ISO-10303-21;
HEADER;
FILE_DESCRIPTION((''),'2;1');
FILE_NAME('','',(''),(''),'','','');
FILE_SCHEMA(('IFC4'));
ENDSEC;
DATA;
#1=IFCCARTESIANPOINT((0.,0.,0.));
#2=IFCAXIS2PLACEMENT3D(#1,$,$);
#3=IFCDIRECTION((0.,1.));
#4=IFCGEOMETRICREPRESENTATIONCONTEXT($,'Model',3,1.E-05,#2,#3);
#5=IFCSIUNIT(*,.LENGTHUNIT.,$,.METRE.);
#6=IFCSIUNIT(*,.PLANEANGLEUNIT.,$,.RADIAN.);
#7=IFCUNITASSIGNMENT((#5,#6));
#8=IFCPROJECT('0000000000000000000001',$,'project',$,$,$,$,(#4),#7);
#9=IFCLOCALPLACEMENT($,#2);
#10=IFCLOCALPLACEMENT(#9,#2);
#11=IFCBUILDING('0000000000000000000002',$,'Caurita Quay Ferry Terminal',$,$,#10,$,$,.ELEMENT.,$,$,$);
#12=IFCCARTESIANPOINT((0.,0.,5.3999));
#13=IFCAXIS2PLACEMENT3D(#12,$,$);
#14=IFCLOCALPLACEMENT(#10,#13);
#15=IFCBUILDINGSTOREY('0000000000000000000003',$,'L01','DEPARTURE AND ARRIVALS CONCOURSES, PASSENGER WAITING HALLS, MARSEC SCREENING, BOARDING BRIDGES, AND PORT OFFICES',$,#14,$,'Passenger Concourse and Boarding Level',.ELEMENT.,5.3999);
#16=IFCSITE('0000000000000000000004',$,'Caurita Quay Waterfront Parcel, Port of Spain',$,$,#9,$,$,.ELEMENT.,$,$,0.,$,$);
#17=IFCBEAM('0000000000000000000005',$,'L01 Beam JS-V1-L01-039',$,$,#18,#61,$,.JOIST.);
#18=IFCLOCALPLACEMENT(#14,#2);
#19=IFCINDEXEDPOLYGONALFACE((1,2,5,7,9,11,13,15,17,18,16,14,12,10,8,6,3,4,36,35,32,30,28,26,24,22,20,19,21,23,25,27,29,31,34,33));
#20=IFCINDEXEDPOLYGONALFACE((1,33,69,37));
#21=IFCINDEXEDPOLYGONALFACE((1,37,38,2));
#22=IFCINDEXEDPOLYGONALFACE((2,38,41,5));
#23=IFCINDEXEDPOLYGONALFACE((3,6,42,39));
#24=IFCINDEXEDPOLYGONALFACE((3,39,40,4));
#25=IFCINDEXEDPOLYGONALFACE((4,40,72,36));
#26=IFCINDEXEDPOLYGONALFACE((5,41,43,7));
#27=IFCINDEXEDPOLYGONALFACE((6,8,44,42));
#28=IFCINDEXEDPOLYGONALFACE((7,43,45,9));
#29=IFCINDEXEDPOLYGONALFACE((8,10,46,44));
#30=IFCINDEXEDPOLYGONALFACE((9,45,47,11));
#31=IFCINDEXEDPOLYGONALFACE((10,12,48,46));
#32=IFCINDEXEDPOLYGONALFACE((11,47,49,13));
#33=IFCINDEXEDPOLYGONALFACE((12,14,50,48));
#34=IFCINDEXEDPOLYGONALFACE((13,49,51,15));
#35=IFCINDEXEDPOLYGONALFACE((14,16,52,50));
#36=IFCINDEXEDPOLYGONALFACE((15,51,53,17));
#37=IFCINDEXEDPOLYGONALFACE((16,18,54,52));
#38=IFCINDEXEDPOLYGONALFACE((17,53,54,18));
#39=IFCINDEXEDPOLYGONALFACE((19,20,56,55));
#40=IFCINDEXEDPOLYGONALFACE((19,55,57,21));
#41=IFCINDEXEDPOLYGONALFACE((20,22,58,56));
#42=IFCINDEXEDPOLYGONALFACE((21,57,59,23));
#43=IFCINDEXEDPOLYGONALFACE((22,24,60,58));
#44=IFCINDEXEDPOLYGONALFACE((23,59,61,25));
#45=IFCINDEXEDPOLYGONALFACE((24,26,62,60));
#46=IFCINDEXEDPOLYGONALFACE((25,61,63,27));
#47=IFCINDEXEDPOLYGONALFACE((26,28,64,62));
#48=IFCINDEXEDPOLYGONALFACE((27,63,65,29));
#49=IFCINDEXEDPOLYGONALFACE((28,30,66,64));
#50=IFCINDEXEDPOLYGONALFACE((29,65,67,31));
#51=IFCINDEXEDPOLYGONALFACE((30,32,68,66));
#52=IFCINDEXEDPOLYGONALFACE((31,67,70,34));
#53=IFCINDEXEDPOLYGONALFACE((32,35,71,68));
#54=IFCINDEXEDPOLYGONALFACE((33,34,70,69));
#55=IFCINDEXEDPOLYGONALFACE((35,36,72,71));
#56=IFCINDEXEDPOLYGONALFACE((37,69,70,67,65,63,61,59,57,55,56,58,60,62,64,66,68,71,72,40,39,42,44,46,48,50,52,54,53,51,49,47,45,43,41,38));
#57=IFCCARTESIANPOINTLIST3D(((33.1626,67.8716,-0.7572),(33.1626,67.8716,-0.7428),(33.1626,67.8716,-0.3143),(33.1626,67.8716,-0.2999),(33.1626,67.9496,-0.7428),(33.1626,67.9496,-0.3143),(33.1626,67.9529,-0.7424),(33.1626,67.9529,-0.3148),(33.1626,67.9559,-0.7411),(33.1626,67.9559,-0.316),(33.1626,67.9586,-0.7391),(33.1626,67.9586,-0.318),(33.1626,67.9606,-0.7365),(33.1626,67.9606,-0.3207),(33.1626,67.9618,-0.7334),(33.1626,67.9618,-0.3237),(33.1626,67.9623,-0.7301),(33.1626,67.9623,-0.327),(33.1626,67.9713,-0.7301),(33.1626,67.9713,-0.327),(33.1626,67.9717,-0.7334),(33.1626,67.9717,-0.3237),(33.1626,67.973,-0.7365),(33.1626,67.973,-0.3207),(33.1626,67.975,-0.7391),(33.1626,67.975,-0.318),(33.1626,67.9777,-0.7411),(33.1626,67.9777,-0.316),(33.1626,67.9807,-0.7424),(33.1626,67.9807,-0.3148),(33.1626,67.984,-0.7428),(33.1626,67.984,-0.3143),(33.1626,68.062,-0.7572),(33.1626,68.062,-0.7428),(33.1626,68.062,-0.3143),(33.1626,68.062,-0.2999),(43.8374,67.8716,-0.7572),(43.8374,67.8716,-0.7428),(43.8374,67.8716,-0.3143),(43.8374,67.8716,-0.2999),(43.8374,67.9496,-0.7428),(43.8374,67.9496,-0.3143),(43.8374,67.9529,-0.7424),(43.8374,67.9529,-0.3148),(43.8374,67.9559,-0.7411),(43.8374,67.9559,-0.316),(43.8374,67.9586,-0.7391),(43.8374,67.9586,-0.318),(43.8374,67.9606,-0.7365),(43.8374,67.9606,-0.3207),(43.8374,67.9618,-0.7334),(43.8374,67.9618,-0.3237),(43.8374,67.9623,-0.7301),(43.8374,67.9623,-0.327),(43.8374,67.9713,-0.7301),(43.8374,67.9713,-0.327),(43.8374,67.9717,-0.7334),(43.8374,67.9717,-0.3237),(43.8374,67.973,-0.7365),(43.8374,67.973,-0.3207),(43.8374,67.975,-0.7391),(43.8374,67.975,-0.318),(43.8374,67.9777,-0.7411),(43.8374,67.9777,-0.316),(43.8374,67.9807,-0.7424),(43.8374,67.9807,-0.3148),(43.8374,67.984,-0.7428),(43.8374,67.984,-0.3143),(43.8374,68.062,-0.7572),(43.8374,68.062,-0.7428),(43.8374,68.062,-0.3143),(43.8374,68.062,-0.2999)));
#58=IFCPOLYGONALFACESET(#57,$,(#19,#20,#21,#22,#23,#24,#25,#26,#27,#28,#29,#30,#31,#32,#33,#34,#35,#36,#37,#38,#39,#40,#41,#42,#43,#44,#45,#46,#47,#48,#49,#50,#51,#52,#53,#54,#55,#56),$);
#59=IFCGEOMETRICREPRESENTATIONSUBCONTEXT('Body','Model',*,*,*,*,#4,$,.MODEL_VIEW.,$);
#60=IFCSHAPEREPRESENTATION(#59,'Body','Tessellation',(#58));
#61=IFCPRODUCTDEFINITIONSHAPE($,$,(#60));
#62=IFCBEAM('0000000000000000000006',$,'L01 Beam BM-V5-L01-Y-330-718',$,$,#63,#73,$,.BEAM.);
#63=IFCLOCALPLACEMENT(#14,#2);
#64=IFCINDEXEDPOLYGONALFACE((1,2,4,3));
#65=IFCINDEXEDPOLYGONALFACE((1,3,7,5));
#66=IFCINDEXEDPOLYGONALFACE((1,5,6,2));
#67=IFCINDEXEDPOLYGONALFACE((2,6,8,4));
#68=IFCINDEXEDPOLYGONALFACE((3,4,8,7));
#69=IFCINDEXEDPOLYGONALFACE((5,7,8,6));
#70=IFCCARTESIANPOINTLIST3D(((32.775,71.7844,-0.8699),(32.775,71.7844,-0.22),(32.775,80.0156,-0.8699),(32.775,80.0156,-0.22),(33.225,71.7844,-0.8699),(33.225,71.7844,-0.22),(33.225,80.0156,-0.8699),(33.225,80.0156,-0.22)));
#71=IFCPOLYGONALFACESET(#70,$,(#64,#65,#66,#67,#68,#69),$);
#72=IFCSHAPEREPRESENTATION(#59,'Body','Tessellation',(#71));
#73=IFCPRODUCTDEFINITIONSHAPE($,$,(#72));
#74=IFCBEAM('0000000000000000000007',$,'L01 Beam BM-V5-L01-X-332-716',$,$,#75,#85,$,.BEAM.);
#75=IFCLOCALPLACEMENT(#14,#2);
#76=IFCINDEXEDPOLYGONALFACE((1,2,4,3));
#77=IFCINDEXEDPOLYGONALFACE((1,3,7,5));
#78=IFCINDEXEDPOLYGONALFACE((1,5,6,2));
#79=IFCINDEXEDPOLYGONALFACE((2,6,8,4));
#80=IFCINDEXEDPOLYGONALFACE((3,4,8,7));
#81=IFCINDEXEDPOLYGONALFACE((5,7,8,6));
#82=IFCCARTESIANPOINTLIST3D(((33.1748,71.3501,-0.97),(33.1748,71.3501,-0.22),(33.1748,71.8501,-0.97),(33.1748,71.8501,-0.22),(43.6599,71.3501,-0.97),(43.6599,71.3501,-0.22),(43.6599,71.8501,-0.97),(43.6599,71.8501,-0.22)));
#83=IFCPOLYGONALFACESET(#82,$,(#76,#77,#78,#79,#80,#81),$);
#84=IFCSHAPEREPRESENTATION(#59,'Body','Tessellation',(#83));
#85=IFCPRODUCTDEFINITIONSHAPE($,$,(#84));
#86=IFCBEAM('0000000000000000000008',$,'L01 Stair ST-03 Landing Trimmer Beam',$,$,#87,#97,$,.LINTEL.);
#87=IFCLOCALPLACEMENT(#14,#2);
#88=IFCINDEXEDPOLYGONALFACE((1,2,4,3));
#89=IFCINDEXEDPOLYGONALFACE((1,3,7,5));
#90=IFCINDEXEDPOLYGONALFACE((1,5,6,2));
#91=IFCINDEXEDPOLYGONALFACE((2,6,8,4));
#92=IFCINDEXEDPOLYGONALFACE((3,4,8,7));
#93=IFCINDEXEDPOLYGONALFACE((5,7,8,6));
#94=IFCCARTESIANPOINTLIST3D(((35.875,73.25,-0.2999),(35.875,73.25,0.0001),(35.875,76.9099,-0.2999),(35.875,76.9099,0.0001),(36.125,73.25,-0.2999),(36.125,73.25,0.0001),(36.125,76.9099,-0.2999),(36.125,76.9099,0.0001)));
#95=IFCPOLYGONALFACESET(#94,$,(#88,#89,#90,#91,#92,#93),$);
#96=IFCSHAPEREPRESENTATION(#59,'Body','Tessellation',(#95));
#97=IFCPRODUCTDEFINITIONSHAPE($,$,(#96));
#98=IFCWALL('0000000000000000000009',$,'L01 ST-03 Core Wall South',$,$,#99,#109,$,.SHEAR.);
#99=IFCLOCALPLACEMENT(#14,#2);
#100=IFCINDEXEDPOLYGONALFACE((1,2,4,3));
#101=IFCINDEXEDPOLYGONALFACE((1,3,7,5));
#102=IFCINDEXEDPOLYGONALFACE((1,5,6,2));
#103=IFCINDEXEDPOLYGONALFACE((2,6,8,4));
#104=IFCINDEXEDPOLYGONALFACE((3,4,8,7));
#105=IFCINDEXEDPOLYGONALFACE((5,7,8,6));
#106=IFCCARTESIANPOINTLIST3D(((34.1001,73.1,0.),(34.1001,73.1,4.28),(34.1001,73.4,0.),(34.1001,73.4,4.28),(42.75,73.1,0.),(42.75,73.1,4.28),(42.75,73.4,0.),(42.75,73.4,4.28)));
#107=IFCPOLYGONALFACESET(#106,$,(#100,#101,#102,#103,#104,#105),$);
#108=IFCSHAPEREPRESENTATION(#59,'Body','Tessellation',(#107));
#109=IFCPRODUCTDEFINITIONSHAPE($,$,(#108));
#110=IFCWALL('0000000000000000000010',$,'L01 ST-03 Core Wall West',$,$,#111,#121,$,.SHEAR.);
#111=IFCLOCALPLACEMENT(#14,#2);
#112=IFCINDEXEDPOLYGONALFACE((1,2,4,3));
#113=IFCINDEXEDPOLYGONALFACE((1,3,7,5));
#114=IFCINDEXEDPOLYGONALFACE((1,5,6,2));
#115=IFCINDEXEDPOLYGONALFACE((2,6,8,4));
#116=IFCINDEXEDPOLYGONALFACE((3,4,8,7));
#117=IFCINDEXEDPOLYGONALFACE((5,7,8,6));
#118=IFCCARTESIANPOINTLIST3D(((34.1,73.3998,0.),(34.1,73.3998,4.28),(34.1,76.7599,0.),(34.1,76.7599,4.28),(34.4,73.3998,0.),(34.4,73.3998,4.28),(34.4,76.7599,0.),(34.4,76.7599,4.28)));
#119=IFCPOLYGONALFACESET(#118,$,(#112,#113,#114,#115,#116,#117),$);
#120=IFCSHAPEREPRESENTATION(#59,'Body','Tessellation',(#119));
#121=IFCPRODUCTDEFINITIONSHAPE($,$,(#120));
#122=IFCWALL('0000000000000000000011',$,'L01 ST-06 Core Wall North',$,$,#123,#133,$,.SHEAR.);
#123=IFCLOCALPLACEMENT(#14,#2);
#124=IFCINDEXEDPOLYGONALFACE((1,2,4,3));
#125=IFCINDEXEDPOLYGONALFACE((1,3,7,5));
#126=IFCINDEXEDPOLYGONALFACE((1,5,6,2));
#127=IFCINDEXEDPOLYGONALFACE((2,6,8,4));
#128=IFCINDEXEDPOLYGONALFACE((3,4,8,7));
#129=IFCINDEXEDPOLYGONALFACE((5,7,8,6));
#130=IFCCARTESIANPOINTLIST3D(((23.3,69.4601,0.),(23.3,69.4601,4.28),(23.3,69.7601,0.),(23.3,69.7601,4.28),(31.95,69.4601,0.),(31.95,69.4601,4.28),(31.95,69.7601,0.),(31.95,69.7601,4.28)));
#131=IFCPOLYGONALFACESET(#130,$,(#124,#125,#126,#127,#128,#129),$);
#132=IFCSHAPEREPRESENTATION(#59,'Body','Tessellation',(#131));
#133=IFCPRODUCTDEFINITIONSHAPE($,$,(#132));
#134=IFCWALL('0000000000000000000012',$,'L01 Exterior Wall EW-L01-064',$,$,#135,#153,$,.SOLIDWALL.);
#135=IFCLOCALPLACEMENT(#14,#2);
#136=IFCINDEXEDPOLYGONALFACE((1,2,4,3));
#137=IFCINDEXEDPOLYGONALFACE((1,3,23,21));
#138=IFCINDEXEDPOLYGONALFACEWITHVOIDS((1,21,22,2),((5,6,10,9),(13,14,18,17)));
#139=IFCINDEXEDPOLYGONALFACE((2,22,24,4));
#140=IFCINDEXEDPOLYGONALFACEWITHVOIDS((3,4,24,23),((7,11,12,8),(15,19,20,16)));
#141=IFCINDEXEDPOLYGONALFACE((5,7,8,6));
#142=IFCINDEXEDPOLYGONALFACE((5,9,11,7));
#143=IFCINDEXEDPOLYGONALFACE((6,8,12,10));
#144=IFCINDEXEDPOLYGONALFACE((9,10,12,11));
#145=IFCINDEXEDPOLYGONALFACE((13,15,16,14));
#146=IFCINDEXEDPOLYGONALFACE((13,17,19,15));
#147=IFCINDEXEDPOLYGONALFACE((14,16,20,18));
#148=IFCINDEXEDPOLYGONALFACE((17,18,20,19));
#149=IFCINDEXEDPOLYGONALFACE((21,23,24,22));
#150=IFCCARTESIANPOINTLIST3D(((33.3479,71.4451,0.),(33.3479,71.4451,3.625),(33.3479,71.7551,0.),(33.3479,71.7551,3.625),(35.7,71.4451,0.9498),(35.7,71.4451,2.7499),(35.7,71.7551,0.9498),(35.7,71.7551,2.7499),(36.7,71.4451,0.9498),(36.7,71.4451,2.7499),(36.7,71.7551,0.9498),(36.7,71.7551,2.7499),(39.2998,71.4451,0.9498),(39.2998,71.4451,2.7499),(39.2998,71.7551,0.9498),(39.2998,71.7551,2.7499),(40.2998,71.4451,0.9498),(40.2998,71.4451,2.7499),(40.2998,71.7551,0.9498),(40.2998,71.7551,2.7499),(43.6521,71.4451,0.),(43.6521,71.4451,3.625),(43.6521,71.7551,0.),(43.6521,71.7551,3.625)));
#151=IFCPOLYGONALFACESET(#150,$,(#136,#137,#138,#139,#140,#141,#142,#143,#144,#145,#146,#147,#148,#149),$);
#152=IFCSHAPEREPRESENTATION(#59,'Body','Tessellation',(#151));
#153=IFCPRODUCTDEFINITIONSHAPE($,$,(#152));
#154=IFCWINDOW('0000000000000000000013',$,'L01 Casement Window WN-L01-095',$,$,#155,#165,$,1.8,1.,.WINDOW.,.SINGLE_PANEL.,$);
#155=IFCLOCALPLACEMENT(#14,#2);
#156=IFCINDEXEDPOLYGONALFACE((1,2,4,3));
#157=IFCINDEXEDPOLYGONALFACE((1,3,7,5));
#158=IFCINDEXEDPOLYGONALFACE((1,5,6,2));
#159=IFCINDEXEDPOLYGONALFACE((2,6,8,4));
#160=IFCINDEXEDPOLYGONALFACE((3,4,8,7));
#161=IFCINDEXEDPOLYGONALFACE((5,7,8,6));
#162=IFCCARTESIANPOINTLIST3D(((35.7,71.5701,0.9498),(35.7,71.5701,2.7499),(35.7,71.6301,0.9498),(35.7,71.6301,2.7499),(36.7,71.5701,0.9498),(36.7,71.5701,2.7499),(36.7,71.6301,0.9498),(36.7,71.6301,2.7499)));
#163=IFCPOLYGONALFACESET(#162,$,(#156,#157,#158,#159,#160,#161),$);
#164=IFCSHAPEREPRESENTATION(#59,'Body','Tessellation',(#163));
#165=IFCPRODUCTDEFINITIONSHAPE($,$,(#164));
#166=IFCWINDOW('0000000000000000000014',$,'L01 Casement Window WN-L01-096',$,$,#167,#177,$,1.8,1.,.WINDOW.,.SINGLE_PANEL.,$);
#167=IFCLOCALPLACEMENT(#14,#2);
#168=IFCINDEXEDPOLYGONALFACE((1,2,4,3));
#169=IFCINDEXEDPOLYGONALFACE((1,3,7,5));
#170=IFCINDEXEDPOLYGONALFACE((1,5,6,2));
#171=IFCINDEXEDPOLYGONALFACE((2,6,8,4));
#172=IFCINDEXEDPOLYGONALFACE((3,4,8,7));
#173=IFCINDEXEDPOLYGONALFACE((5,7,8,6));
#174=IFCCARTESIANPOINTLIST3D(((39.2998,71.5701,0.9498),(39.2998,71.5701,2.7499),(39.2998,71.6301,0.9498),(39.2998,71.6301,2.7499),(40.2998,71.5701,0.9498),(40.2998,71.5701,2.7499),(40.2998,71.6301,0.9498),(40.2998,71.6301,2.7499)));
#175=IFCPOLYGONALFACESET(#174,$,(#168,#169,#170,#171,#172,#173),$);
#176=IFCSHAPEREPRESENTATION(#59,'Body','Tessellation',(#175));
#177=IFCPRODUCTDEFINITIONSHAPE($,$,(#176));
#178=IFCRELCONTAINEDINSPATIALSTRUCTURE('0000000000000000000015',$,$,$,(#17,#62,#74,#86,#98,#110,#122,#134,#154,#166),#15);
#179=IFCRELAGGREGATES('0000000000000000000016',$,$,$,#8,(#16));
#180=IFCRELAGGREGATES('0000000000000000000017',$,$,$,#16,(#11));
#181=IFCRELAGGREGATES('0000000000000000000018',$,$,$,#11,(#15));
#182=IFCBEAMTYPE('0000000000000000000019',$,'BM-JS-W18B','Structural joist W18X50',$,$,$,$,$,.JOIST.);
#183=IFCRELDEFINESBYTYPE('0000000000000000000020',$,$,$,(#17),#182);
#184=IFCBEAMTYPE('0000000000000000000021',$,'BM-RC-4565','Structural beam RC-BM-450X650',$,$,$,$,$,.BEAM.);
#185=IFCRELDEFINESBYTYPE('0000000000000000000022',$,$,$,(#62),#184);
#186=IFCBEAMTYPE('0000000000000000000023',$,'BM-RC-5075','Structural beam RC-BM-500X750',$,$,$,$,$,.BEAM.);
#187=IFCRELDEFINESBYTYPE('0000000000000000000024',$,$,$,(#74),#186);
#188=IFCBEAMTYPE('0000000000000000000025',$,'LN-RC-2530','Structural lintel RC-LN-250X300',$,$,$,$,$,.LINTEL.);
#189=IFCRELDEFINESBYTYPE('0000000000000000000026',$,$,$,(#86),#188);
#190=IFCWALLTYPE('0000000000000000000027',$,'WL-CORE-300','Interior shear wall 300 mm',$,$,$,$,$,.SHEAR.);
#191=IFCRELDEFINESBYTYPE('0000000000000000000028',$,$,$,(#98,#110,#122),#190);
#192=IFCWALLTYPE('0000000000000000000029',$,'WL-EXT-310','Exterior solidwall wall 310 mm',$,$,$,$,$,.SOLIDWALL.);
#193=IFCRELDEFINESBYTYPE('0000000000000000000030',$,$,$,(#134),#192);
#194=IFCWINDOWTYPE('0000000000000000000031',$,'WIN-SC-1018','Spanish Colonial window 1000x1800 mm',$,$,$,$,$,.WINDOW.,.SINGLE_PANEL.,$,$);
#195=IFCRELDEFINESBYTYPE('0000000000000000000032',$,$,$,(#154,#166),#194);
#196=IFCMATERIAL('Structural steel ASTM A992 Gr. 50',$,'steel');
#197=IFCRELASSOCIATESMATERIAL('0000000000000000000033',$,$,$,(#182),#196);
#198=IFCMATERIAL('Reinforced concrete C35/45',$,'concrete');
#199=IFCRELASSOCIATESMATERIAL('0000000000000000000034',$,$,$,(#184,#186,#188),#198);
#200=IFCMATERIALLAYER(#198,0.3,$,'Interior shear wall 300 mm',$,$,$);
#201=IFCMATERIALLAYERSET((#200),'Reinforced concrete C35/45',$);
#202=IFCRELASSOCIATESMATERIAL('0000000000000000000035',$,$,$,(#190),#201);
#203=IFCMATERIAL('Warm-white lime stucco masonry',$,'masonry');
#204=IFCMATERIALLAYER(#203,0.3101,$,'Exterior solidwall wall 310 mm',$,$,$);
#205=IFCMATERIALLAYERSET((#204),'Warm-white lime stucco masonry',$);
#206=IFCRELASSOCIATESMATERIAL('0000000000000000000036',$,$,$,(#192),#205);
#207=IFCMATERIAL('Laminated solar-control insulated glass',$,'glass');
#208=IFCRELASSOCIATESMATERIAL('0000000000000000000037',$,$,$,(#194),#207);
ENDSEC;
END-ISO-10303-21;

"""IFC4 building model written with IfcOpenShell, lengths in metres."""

from ifc_helpers import new_model, si_unit, direction, frame, frame_2d, origin, origin_2d, place, context, subcontext, project, spatial, rectangle, i_section, extrude, material, layer, layer_set, material_profile, profile_set, type_object, element, fill, save


model = new_model("IFC4")

# Units and contexts
model_context = context("Model", 3, precision=1e-05, world=origin(), true_north=direction((0.0, 1.0)))
body_context = subcontext(model_context, "Body", "Model", "MODEL_VIEW")
ifc_project = project(units=[si_unit("LENGTHUNIT", "METRE"), si_unit("PLANEANGLEUNIT", "RADIAN")], contexts=[model_context])

# Site, building, storey
site_placement = place(None, origin())
site = spatial("IfcSite", under=ifc_project, at=site_placement, Name="Caurita Quay Waterfront Parcel, Port of Spain", CompositionType="ELEMENT", RefElevation=0.0)
building_placement = place(site_placement, origin())
building = spatial("IfcBuilding", under=site, at=building_placement, Name="Caurita Quay Ferry Terminal", CompositionType="ELEMENT")
storey_placement = place(building_placement, frame((0.0, 0.0, 5.3999)))
storey = spatial("IfcBuildingStorey", under=building, at=storey_placement, Name="L01", Description="DEPARTURE AND ARRIVALS CONCOURSES, PASSENGER WAITING HALLS, MARSEC SCREENING, BOARDING BRIDGES, AND PORT OFFICES", LongName="Passenger Concourse and Boarding Level", CompositionType="ELEMENT", Elevation=5.3999)

# Shared definitions
ifc_material_1 = material(Name="Reinforced concrete C35/45", Category="concrete")
ifc_material_2 = material(Name="Structural steel ASTM A992 Gr. 50", Category="steel")

# Beams
ifc_material_profile_1 = material_profile(ifc_material_2, i_section(OverallWidth=0.1904, OverallDepth=0.4573, WebThickness=0.009, FlangeThickness=0.0144, FilletRadius=0.0127, at=origin_2d()), Name="W18X50")
ifc_profile_set_1 = profile_set([ifc_material_profile_1], Name="Structural steel ASTM A992 Gr. 50")
beam_type_1 = type_object("IfcBeamType", Name="BM-JS-W18B", Description="Structural joist W18X50", PredefinedType="JOIST", material=ifc_profile_set_1)
beam_1_placement = place(storey_placement, frame((33.1626, 67.9668, -0.5286), z_axis=(1.0, 0.0, 0.0), x_axis=(0.0, 1.0, 0.0)))
element("IfcBeam", 1, at=beam_1_placement, inside=storey, type_object=beam_type_1, Name="L01 Beam JS-V1-L01-039", PredefinedType="JOIST", context=body_context, shape_type="SweptSolid", body=[
    extrude(i_section(OverallWidth=0.1904, OverallDepth=0.4573, WebThickness=0.009, FlangeThickness=0.0144, FilletRadius=0.0127, at=origin_2d()), origin(), (0.0, 0.0, 1.0), 10.6748),
])
ifc_material_profile_2 = material_profile(ifc_material_1, rectangle(XDim=0.45, YDim=0.6499, at=origin_2d()), Name="RC-BM-450X650")
ifc_profile_set_2 = profile_set([ifc_material_profile_2], Name="Reinforced concrete C35/45")
beam_type_2 = type_object("IfcBeamType", Name="BM-RC-4565", Description="Structural beam RC-BM-450X650", PredefinedType="BEAM", material=ifc_profile_set_2)
beam_2_placement = place(storey_placement, frame((33.0, 71.7844, -0.5449), z_axis=(0.0, 1.0, 0.0), x_axis=(-1.0, 0.0, 0.0)))
element("IfcBeam", 2, at=beam_2_placement, inside=storey, type_object=beam_type_2, Name="L01 Beam BM-V5-L01-Y-330-718", PredefinedType="BEAM", context=body_context, shape_type="SweptSolid", body=[
    extrude(rectangle(XDim=0.45, YDim=0.6499, at=origin_2d()), origin(), (0.0, 0.0, 1.0), 8.2312),
])
ifc_material_profile_3 = material_profile(ifc_material_1, rectangle(XDim=0.5, YDim=0.75, at=origin_2d()), Name="RC-BM-500X750")
ifc_profile_set_3 = profile_set([ifc_material_profile_3], Name="Reinforced concrete C35/45")
beam_type_3 = type_object("IfcBeamType", Name="BM-RC-5075", Description="Structural beam RC-BM-500X750", PredefinedType="BEAM", material=ifc_profile_set_3)
beam_3_placement = place(storey_placement, frame((33.1748, 71.6001, -0.595), z_axis=(1.0, 0.0, 0.0), x_axis=(0.0, 1.0, 0.0)))
element("IfcBeam", 3, at=beam_3_placement, inside=storey, type_object=beam_type_3, Name="L01 Beam BM-V5-L01-X-332-716", PredefinedType="BEAM", context=body_context, shape_type="SweptSolid", body=[
    extrude(rectangle(XDim=0.5, YDim=0.75, at=origin_2d()), origin(), (0.0, 0.0, 1.0), 10.4851),
])
ifc_material_profile_4 = material_profile(ifc_material_1, rectangle(XDim=0.25, YDim=0.3, at=origin_2d()), Name="RC-LN-250X300")
ifc_profile_set_4 = profile_set([ifc_material_profile_4], Name="Reinforced concrete C35/45")
beam_type_4 = type_object("IfcBeamType", Name="LN-RC-2530", Description="Structural lintel RC-LN-250X300", PredefinedType="LINTEL", material=ifc_profile_set_4)
beam_4_placement = place(storey_placement, frame((36.0, 73.25, -0.1499), z_axis=(0.0, 1.0, 0.0), x_axis=(-1.0, 0.0, 0.0)))
element("IfcBeam", 4, at=beam_4_placement, inside=storey, type_object=beam_type_4, Name="L01 Stair ST-03 Landing Trimmer Beam", PredefinedType="LINTEL", context=body_context, shape_type="SweptSolid", body=[
    extrude(rectangle(XDim=0.25, YDim=0.3, at=origin_2d()), origin(), (0.0, 0.0, 1.0), 3.6599),
])

# Walls
ifc_layer_1 = layer(ifc_material_1, 0.3, Name="Interior shear wall 300 mm")
ifc_layer_set_1 = layer_set([ifc_layer_1], Name="Reinforced concrete C35/45")
wall_type_1 = type_object("IfcWallType", Name="WL-CORE-300", Description="Interior shear wall 300 mm", PredefinedType="SHEAR", material=ifc_layer_set_1)
wall_1_placement = place(storey_placement, frame((34.1001, 73.25, 0.0), z_axis=(0.0, 0.0, 1.0), x_axis=(1.0, 0.0, 0.0)))
element("IfcWall", 5, at=wall_1_placement, inside=storey, type_object=wall_type_1, Name="L01 ST-03 Core Wall South", PredefinedType="SHEAR", context=body_context, shape_type="SweptSolid", body=[
    extrude(rectangle(XDim=8.6499, YDim=0.3, at=frame_2d((4.325, 0.0))), origin(), (0.0, 0.0, 1.0), 4.28),
])
wall_2_placement = place(storey_placement, frame((34.25, 76.76, 0.0), z_axis=(0.0, 0.0, 1.0), x_axis=(0.0, -1.0, 0.0)))
element("IfcWall", 6, at=wall_2_placement, inside=storey, type_object=wall_type_1, Name="L01 ST-03 Core Wall West", PredefinedType="SHEAR", context=body_context, shape_type="SweptSolid", body=[
    extrude(rectangle(XDim=3.3601, YDim=0.3, at=frame_2d((1.6802, 0.0))), origin(), (0.0, 0.0, 1.0), 4.28),
])
wall_3_placement = place(storey_placement, frame((31.95, 69.6101, 0.0), z_axis=(0.0, 0.0, 1.0), x_axis=(-1.0, 0.0, 0.0)))
element("IfcWall", 7, at=wall_3_placement, inside=storey, type_object=wall_type_1, Name="L01 ST-06 Core Wall North", PredefinedType="SHEAR", context=body_context, shape_type="SweptSolid", body=[
    extrude(rectangle(XDim=8.6499, YDim=0.3, at=frame_2d((4.325, 0.0))), origin(), (0.0, 0.0, 1.0), 4.28),
])

# Wall, openings, windows
ifc_material_3 = material(Name="Warm-white lime stucco masonry", Category="masonry")
ifc_layer_2 = layer(ifc_material_3, 0.3101, Name="Exterior solidwall wall 310 mm")
ifc_layer_set_2 = layer_set([ifc_layer_2], Name="Warm-white lime stucco masonry")
wall_type_2 = type_object("IfcWallType", Name="WL-EXT-310", Description="Exterior solidwall wall 310 mm", PredefinedType="SOLIDWALL", material=ifc_layer_set_2)
wall_4_placement = place(storey_placement, frame((33.3479, 71.6001, 0.0), z_axis=(0.0, 0.0, 1.0), x_axis=(1.0, 0.0, 0.0)))
wall_4 = element("IfcWall", 8, at=wall_4_placement, inside=storey, type_object=wall_type_2, Name="L01 Exterior Wall EW-L01-064", PredefinedType="SOLIDWALL", context=body_context, shape_type="SweptSolid", body=[
    extrude(rectangle(XDim=10.3042, YDim=0.3101, at=frame_2d((5.1521, 0.0))), origin(), (0.0, 0.0, 1.0), 3.625),
])
opening_1_placement = place(wall_4_placement, frame((2.3521, 0.0, 0.95)))
opening_1 = element("IfcOpeningElement", 9, at=opening_1_placement, cuts=wall_4, PredefinedType="OPENING", context=body_context, shape_type="SweptSolid", body=[
    extrude(rectangle(XDim=1.0, YDim=1.8, at=frame_2d((0.5, 0.8999))), frame((0.0, 0.165, 0.0), z_axis=(0.0, -1.0, 0.0), x_axis=(1.0, 0.0, 0.0)), (0.0, 0.0, 1.0), 0.3301),
])
opening_2_placement = place(wall_4_placement, frame((5.9519, 0.0, 0.95)))
opening_2 = element("IfcOpeningElement", 10, at=opening_2_placement, cuts=wall_4, PredefinedType="OPENING", context=body_context, shape_type="SweptSolid", body=[
    extrude(rectangle(XDim=1.0, YDim=1.8, at=frame_2d((0.5, 0.8999))), frame((0.0, 0.165, 0.0), z_axis=(0.0, -1.0, 0.0), x_axis=(1.0, 0.0, 0.0)), (0.0, 0.0, 1.0), 0.3301),
])
ifc_material_4 = material(Name="Laminated solar-control insulated glass", Category="glass")
window_type_1 = type_object("IfcWindowType", Name="WIN-SC-1018", Description="Spanish Colonial window 1000x1800 mm", PartitioningType="SINGLE_PANEL", PredefinedType="WINDOW", material=ifc_material_4)
window_1_placement = place(opening_1_placement, origin())
window_1 = element("IfcWindow", 11, at=window_1_placement, inside=storey, type_object=window_type_1, Name="L01 Casement Window WN-L01-095", OverallHeight=1.8, OverallWidth=1.0, PartitioningType="SINGLE_PANEL", PredefinedType="WINDOW", context=body_context, shape_type="SweptSolid", body=[
    extrude(rectangle(XDim=1.0, YDim=1.8, at=frame_2d((0.5, 0.8999))), frame((0.0, 0.03, 0.0), z_axis=(0.0, -1.0, 0.0), x_axis=(1.0, 0.0, 0.0)), (0.0, 0.0, 1.0), 0.0601),
])
fill(opening_1, window_1)
window_2_placement = place(opening_2_placement, origin())
window_2 = element("IfcWindow", 12, at=window_2_placement, inside=storey, type_object=window_type_1, Name="L01 Casement Window WN-L01-096", OverallHeight=1.8, OverallWidth=1.0, PartitioningType="SINGLE_PANEL", PredefinedType="WINDOW", context=body_context, shape_type="SweptSolid", body=[
    extrude(rectangle(XDim=1.0, YDim=1.8, at=frame_2d((0.5, 0.8999))), frame((0.0, 0.03, 0.0), z_axis=(0.0, -1.0, 0.0), x_axis=(1.0, 0.0, 0.0)), (0.0, 0.0, 1.0), 0.0601),
])
fill(opening_2, window_2)

save(model, "model.ifc")
